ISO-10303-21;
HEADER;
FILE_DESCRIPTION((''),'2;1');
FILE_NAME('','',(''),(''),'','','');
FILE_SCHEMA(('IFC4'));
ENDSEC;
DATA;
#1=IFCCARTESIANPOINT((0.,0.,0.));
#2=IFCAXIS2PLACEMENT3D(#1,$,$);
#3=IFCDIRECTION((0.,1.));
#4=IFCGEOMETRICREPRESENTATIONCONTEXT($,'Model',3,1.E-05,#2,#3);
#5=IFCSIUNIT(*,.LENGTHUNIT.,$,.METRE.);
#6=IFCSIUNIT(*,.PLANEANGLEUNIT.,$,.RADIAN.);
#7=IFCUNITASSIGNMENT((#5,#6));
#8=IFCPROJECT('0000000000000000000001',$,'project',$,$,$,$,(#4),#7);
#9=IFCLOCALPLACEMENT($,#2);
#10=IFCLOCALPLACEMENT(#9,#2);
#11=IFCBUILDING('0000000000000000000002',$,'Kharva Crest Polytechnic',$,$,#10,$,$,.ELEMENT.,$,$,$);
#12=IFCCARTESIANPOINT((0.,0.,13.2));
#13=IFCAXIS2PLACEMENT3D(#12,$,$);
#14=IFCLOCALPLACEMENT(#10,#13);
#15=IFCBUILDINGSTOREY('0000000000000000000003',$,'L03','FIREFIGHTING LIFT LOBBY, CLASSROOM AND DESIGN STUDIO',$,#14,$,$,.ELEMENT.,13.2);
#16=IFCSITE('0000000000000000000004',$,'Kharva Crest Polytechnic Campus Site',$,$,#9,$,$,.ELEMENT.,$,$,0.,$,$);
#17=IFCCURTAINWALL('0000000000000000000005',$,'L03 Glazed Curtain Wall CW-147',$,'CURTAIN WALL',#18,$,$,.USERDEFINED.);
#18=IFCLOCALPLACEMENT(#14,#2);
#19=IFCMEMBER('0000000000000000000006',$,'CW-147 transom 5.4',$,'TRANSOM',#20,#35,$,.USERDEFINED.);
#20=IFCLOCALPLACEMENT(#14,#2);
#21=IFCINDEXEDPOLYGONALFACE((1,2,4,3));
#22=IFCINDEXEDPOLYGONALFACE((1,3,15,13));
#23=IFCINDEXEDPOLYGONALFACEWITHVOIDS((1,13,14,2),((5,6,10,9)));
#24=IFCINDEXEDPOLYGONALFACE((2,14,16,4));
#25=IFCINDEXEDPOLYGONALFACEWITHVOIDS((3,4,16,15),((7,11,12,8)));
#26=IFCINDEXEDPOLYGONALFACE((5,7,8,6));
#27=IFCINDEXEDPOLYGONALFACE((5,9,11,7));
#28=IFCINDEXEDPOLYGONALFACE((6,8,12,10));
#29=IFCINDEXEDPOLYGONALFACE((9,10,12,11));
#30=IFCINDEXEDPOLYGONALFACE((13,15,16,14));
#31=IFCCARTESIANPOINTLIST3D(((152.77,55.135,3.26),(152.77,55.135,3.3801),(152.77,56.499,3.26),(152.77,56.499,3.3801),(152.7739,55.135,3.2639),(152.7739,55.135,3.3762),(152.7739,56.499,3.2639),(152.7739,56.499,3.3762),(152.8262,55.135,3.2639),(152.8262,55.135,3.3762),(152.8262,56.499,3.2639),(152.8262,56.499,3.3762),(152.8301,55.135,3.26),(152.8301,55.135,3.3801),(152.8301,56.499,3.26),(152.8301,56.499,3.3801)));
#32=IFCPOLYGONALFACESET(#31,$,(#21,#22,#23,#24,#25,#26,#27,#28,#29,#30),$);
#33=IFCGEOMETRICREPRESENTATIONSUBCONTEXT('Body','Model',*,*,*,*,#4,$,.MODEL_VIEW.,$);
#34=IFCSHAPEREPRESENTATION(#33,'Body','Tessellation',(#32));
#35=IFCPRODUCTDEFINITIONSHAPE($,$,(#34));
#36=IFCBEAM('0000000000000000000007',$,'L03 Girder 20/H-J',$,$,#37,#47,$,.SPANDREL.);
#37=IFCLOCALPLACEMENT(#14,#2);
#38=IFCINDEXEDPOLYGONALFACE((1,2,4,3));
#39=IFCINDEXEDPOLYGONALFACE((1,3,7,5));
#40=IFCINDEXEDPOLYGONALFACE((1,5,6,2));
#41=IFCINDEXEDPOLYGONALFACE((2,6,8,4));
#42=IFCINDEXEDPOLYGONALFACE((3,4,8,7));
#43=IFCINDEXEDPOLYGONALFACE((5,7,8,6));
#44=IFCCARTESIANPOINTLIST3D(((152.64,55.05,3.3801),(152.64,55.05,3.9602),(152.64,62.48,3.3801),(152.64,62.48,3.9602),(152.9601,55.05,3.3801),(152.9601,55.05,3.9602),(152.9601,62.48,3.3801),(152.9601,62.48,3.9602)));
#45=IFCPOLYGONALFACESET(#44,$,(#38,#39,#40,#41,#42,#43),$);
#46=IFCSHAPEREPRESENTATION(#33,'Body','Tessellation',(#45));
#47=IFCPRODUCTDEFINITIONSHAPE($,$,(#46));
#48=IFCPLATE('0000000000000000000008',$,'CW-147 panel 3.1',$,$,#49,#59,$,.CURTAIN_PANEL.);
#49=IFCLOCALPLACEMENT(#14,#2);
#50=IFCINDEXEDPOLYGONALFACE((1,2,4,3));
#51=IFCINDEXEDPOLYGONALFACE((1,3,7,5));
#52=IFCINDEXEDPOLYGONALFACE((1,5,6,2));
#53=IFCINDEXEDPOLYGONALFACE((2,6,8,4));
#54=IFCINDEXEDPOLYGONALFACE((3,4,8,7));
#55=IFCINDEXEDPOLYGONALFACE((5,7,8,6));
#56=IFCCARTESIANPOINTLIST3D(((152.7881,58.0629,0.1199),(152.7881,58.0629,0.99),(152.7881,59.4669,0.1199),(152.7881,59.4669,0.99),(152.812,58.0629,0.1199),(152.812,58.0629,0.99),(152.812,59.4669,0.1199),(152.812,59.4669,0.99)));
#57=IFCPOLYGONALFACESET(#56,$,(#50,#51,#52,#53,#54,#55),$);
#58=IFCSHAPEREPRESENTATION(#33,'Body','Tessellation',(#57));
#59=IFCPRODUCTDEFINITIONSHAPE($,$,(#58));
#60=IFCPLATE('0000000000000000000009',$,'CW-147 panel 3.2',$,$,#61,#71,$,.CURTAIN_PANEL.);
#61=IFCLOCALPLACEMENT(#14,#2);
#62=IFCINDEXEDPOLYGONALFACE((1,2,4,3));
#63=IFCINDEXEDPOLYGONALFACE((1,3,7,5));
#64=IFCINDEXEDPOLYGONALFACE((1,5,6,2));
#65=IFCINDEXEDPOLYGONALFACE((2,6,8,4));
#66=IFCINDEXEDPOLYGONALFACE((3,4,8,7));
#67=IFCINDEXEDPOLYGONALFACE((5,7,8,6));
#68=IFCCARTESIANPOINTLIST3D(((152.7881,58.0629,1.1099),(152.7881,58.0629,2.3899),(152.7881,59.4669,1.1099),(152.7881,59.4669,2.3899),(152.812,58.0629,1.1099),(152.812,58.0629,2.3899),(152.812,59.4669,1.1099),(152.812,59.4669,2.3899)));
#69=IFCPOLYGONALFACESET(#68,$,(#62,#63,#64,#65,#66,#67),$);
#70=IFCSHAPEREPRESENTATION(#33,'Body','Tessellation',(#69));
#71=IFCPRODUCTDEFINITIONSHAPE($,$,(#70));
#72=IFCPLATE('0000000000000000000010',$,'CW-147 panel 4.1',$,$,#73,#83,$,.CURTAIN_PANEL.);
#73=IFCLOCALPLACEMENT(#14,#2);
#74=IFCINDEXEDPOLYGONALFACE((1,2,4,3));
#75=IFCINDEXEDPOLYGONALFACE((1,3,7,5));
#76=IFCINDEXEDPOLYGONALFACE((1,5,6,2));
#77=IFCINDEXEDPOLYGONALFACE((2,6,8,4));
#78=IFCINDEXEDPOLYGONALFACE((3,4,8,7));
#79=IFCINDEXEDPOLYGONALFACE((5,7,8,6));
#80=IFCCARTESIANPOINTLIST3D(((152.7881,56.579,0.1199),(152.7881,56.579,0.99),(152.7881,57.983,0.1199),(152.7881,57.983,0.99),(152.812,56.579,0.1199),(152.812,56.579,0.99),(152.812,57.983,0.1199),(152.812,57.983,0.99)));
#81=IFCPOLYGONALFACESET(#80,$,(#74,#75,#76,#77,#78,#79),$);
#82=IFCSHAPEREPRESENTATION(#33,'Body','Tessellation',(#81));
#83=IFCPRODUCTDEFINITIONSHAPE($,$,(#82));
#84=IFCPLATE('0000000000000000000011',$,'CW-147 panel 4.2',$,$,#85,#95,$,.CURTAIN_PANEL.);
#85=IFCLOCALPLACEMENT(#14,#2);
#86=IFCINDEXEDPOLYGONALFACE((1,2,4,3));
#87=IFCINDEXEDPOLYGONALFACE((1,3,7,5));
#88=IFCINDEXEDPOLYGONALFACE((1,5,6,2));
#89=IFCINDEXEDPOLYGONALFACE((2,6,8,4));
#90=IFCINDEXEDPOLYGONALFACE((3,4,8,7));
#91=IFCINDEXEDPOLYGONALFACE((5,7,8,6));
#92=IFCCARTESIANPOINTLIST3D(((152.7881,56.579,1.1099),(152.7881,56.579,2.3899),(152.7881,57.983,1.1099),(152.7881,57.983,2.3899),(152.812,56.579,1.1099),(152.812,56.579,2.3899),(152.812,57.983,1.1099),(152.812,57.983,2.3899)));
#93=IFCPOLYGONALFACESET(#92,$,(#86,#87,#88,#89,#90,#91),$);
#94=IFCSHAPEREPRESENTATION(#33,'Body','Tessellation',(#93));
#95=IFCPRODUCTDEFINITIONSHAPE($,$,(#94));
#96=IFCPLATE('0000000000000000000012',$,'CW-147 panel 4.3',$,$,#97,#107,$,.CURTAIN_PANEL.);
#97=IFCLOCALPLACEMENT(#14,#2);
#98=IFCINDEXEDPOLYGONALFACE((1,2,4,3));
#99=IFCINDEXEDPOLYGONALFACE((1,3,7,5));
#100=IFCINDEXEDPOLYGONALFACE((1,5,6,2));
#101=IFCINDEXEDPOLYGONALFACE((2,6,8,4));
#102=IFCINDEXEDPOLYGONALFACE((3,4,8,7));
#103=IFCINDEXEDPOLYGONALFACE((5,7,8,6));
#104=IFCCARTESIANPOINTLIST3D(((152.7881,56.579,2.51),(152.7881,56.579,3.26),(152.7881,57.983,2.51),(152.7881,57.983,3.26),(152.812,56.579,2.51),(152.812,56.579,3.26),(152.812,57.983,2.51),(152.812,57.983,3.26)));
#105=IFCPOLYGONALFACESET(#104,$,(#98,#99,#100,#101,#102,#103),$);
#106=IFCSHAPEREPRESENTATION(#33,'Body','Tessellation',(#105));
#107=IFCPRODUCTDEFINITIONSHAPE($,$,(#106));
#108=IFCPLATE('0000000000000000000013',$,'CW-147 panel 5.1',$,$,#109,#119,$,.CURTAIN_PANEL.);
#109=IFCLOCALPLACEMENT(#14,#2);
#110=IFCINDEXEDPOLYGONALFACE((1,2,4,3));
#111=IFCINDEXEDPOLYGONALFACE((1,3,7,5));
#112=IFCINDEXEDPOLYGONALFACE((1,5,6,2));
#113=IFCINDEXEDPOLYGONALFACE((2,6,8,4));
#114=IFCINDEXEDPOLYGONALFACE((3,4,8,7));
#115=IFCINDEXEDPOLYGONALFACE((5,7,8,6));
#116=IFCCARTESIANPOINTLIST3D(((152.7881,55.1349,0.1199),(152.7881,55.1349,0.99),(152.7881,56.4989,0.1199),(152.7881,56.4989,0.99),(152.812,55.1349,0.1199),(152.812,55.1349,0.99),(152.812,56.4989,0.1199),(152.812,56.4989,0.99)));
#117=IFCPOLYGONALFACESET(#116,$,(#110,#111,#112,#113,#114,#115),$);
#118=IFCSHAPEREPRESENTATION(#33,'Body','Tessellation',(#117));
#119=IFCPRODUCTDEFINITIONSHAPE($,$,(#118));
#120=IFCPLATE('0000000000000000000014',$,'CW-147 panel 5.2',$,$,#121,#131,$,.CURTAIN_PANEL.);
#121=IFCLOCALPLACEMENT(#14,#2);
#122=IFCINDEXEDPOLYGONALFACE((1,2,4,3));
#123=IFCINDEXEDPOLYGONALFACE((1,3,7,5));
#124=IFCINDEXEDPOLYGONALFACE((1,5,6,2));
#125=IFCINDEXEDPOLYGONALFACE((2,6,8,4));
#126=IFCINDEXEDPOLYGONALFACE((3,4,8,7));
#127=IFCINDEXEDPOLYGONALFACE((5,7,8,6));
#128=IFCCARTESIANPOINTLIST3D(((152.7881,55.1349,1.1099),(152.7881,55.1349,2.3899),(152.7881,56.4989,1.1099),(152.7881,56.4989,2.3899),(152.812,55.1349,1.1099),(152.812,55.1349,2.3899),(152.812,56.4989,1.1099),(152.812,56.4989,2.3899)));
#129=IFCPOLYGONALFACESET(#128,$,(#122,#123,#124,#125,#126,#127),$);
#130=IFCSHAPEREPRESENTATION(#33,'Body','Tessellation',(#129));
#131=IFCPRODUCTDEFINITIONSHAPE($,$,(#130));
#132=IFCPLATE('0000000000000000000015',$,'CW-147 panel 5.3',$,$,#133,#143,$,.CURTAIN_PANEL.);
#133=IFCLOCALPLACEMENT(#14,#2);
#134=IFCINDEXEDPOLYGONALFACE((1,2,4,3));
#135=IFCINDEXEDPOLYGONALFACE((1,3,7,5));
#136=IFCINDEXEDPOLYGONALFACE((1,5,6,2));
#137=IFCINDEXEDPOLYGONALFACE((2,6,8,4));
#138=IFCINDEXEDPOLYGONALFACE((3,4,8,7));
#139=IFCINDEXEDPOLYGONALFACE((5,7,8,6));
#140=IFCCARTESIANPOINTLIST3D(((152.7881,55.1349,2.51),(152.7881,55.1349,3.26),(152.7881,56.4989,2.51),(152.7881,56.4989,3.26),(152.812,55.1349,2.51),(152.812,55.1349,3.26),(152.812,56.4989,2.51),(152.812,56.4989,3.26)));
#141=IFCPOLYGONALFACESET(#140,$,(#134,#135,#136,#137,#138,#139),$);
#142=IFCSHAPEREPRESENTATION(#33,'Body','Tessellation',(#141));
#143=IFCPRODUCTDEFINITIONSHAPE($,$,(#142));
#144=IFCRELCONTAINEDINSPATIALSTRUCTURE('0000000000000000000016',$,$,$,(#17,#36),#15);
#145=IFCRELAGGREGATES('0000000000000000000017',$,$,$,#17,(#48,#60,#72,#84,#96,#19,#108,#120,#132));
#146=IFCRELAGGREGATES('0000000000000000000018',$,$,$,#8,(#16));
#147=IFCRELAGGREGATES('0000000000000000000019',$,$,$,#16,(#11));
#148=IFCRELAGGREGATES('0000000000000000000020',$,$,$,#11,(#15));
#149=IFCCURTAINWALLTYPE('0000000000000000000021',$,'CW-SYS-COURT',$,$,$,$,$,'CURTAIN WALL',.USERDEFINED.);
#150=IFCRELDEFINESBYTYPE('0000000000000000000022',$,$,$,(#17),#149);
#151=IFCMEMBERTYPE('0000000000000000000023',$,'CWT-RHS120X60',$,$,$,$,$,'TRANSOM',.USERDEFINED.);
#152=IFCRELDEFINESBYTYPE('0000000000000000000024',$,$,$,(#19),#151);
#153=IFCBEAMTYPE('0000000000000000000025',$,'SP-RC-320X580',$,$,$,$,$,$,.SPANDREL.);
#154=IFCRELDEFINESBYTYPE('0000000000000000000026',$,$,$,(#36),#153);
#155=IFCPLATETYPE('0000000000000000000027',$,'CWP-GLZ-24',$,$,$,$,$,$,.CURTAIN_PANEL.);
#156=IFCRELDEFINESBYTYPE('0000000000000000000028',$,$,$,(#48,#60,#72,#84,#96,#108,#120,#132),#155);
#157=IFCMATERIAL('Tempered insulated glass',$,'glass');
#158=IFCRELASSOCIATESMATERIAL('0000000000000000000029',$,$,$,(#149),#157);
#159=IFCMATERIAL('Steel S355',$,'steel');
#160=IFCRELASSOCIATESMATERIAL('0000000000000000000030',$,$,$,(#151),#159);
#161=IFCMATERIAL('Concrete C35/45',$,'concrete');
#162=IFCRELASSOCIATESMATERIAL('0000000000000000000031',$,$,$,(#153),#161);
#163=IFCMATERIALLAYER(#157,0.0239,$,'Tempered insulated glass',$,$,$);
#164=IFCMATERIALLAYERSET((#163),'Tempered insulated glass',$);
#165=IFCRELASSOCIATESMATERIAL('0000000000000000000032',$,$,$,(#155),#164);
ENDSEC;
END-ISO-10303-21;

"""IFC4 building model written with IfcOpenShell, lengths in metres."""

from ifc_helpers import new_model, si_unit, direction, frame, origin, origin_2d, place, context, subcontext, project, spatial, rectangle, hollow_rectangle, extrude, material, layer, layer_set, material_profile, profile_set, type_object, element, aggregate, save


model = new_model("IFC4")

# Units and contexts
model_context = context("Model", 3, precision=1e-05, world=origin(), true_north=direction((0.0, 1.0)))
body_context = subcontext(model_context, "Body", "Model", "MODEL_VIEW")
ifc_project = project(units=[si_unit("LENGTHUNIT", "METRE"), si_unit("PLANEANGLEUNIT", "RADIAN")], contexts=[model_context])

# Site, building, storey
site_placement = place(None, origin())
site = spatial("IfcSite", under=ifc_project, at=site_placement, Name="Kharva Crest Polytechnic Campus Site", CompositionType="ELEMENT", RefElevation=0.0)
building_placement = place(site_placement, origin())
building = spatial("IfcBuilding", under=site, at=building_placement, Name="Kharva Crest Polytechnic", CompositionType="ELEMENT")
storey_placement = place(building_placement, frame((0.0, 0.0, 13.2)))
storey = spatial("IfcBuildingStorey", under=building, at=storey_placement, Name="L03", Description="FIREFIGHTING LIFT LOBBY, CLASSROOM AND DESIGN STUDIO", CompositionType="ELEMENT", Elevation=13.2)

# Curtain wall, member
ifc_material_1 = material(Name="Tempered insulated glass", Category="glass")
curtain_wall_type = type_object("IfcCurtainWallType", Name="CW-SYS-COURT", ElementType="CURTAIN WALL", PredefinedType="USERDEFINED", material=ifc_material_1)
curtain_wall_placement = place(storey_placement, origin())
curtain_wall = element("IfcCurtainWall", 1, at=curtain_wall_placement, inside=storey, type_object=curtain_wall_type, Name="L03 Glazed Curtain Wall CW-147", ObjectType="CURTAIN WALL", PredefinedType="USERDEFINED")
ifc_material_2 = material(Name="Steel S355", Category="steel")
ifc_material_profile_1 = material_profile(ifc_material_2, hollow_rectangle(XDim=0.0601, YDim=0.1201, WallThickness=0.0039, at=origin_2d()), Name="RHS 120X60X4.0")
ifc_profile_set_1 = profile_set([ifc_material_profile_1], Name="Steel S355")
member_type_1 = type_object("IfcMemberType", Name="CWT-RHS120X60", ElementType="TRANSOM", PredefinedType="USERDEFINED", material=ifc_profile_set_1)
member_1_placement = place(storey_placement, frame((152.8, 56.499, 3.3201), z_axis=(0.0, -1.0, 0.0), x_axis=(1.0, 0.0, 0.0)))
member_1 = element("IfcMember", 2, at=member_1_placement, type_object=member_type_1, Name="CW-147 transom 5.4", ObjectType="TRANSOM", PredefinedType="USERDEFINED", context=body_context, shape_type="SweptSolid", body=[
    extrude(hollow_rectangle(XDim=0.0601, YDim=0.1201, WallThickness=0.0039, at=origin_2d()), origin(), (0.0, 0.0, 1.0), 1.364),
])

# Beam
ifc_material_3 = material(Name="Concrete C35/45", Category="concrete")
ifc_material_profile_2 = material_profile(ifc_material_3, rectangle(XDim=0.3201, YDim=0.5801, at=origin_2d()), Name="RECT 320 X 580")
ifc_profile_set_2 = profile_set([ifc_material_profile_2], Name="Concrete C35/45")
beam_type = type_object("IfcBeamType", Name="SP-RC-320X580", PredefinedType="SPANDREL", material=ifc_profile_set_2)
beam_placement = place(storey_placement, frame((152.8, 55.05, 3.6702), z_axis=(0.0, 1.0, 0.0), x_axis=(-1.0, 0.0, 0.0)))
element("IfcBeam", 3, at=beam_placement, inside=storey, type_object=beam_type, Name="L03 Girder 20/H-J", PredefinedType="SPANDREL", context=body_context, shape_type="SweptSolid", body=[
    extrude(rectangle(XDim=0.3201, YDim=0.5801, at=origin_2d()), origin(), (0.0, 0.0, 1.0), 7.4299),
])

# Plates
ifc_layer_1 = layer(ifc_material_1, 0.0239, Name="Tempered insulated glass")
ifc_layer_set_1 = layer_set([ifc_layer_1], Name="Tempered insulated glass")
plate_type = type_object("IfcPlateType", Name="CWP-GLZ-24", PredefinedType="CURTAIN_PANEL", material=ifc_layer_set_1)
plate_1_placement = place(storey_placement, frame((152.8, 58.7649, 0.1199), z_axis=(0.0, 0.0, 1.0), x_axis=(0.0, -1.0, 0.0)))
plate_1 = element("IfcPlate", 4, at=plate_1_placement, type_object=plate_type, Name="CW-147 panel 3.1", PredefinedType="CURTAIN_PANEL", context=body_context, shape_type="SweptSolid", body=[
    extrude(rectangle(XDim=1.4041, YDim=0.0239, at=origin_2d()), origin(), (0.0, 0.0, 1.0), 0.8701),
])
plate_2_placement = place(storey_placement, frame((152.8, 58.7649, 1.1099), z_axis=(0.0, 0.0, 1.0), x_axis=(0.0, -1.0, 0.0)))
plate_2 = element("IfcPlate", 5, at=plate_2_placement, type_object=plate_type, Name="CW-147 panel 3.2", PredefinedType="CURTAIN_PANEL", context=body_context, shape_type="SweptSolid", body=[
    extrude(rectangle(XDim=1.4041, YDim=0.0239, at=origin_2d()), origin(), (0.0, 0.0, 1.0), 1.28),
])
plate_3_placement = place(storey_placement, frame((152.8, 57.281, 0.1199), z_axis=(0.0, 0.0, 1.0), x_axis=(0.0, -1.0, 0.0)))
plate_3 = element("IfcPlate", 6, at=plate_3_placement, type_object=plate_type, Name="CW-147 panel 4.1", PredefinedType="CURTAIN_PANEL", context=body_context, shape_type="SweptSolid", body=[
    extrude(rectangle(XDim=1.4041, YDim=0.0239, at=origin_2d()), origin(), (0.0, 0.0, 1.0), 0.8701),
])
plate_4_placement = place(storey_placement, frame((152.8, 57.281, 1.1099), z_axis=(0.0, 0.0, 1.0), x_axis=(0.0, -1.0, 0.0)))
plate_4 = element("IfcPlate", 7, at=plate_4_placement, type_object=plate_type, Name="CW-147 panel 4.2", PredefinedType="CURTAIN_PANEL", context=body_context, shape_type="SweptSolid", body=[
    extrude(rectangle(XDim=1.4041, YDim=0.0239, at=origin_2d()), origin(), (0.0, 0.0, 1.0), 1.28),
])
plate_5_placement = place(storey_placement, frame((152.8, 57.281, 2.51), z_axis=(0.0, 0.0, 1.0), x_axis=(0.0, -1.0, 0.0)))
plate_5 = element("IfcPlate", 8, at=plate_5_placement, type_object=plate_type, Name="CW-147 panel 4.3", PredefinedType="CURTAIN_PANEL", context=body_context, shape_type="SweptSolid", body=[
    extrude(rectangle(XDim=1.4041, YDim=0.0239, at=origin_2d()), origin(), (0.0, 0.0, 1.0), 0.75),
])
plate_6_placement = place(storey_placement, frame((152.8, 55.8169, 0.1199), z_axis=(0.0, 0.0, 1.0), x_axis=(0.0, -1.0, 0.0)))
plate_6 = element("IfcPlate", 9, at=plate_6_placement, type_object=plate_type, Name="CW-147 panel 5.1", PredefinedType="CURTAIN_PANEL", context=body_context, shape_type="SweptSolid", body=[
    extrude(rectangle(XDim=1.364, YDim=0.0239, at=origin_2d()), origin(), (0.0, 0.0, 1.0), 0.8701),
])
plate_7_placement = place(storey_placement, frame((152.8, 55.8169, 1.1099), z_axis=(0.0, 0.0, 1.0), x_axis=(0.0, -1.0, 0.0)))
plate_7 = element("IfcPlate", 10, at=plate_7_placement, type_object=plate_type, Name="CW-147 panel 5.2", PredefinedType="CURTAIN_PANEL", context=body_context, shape_type="SweptSolid", body=[
    extrude(rectangle(XDim=1.364, YDim=0.0239, at=origin_2d()), origin(), (0.0, 0.0, 1.0), 1.28),
])
plate_8_placement = place(storey_placement, frame((152.8, 55.8169, 2.51), z_axis=(0.0, 0.0, 1.0), x_axis=(0.0, -1.0, 0.0)))
plate_8 = element("IfcPlate", 11, at=plate_8_placement, type_object=plate_type, Name="CW-147 panel 5.3", PredefinedType="CURTAIN_PANEL", context=body_context, shape_type="SweptSolid", body=[
    extrude(rectangle(XDim=1.364, YDim=0.0239, at=origin_2d()), origin(), (0.0, 0.0, 1.0), 0.75),
])
aggregate(curtain_wall, [plate_1, plate_2, plate_3, plate_4, plate_5, member_1, plate_6, plate_7, plate_8])

save(model, "model.ifc")
